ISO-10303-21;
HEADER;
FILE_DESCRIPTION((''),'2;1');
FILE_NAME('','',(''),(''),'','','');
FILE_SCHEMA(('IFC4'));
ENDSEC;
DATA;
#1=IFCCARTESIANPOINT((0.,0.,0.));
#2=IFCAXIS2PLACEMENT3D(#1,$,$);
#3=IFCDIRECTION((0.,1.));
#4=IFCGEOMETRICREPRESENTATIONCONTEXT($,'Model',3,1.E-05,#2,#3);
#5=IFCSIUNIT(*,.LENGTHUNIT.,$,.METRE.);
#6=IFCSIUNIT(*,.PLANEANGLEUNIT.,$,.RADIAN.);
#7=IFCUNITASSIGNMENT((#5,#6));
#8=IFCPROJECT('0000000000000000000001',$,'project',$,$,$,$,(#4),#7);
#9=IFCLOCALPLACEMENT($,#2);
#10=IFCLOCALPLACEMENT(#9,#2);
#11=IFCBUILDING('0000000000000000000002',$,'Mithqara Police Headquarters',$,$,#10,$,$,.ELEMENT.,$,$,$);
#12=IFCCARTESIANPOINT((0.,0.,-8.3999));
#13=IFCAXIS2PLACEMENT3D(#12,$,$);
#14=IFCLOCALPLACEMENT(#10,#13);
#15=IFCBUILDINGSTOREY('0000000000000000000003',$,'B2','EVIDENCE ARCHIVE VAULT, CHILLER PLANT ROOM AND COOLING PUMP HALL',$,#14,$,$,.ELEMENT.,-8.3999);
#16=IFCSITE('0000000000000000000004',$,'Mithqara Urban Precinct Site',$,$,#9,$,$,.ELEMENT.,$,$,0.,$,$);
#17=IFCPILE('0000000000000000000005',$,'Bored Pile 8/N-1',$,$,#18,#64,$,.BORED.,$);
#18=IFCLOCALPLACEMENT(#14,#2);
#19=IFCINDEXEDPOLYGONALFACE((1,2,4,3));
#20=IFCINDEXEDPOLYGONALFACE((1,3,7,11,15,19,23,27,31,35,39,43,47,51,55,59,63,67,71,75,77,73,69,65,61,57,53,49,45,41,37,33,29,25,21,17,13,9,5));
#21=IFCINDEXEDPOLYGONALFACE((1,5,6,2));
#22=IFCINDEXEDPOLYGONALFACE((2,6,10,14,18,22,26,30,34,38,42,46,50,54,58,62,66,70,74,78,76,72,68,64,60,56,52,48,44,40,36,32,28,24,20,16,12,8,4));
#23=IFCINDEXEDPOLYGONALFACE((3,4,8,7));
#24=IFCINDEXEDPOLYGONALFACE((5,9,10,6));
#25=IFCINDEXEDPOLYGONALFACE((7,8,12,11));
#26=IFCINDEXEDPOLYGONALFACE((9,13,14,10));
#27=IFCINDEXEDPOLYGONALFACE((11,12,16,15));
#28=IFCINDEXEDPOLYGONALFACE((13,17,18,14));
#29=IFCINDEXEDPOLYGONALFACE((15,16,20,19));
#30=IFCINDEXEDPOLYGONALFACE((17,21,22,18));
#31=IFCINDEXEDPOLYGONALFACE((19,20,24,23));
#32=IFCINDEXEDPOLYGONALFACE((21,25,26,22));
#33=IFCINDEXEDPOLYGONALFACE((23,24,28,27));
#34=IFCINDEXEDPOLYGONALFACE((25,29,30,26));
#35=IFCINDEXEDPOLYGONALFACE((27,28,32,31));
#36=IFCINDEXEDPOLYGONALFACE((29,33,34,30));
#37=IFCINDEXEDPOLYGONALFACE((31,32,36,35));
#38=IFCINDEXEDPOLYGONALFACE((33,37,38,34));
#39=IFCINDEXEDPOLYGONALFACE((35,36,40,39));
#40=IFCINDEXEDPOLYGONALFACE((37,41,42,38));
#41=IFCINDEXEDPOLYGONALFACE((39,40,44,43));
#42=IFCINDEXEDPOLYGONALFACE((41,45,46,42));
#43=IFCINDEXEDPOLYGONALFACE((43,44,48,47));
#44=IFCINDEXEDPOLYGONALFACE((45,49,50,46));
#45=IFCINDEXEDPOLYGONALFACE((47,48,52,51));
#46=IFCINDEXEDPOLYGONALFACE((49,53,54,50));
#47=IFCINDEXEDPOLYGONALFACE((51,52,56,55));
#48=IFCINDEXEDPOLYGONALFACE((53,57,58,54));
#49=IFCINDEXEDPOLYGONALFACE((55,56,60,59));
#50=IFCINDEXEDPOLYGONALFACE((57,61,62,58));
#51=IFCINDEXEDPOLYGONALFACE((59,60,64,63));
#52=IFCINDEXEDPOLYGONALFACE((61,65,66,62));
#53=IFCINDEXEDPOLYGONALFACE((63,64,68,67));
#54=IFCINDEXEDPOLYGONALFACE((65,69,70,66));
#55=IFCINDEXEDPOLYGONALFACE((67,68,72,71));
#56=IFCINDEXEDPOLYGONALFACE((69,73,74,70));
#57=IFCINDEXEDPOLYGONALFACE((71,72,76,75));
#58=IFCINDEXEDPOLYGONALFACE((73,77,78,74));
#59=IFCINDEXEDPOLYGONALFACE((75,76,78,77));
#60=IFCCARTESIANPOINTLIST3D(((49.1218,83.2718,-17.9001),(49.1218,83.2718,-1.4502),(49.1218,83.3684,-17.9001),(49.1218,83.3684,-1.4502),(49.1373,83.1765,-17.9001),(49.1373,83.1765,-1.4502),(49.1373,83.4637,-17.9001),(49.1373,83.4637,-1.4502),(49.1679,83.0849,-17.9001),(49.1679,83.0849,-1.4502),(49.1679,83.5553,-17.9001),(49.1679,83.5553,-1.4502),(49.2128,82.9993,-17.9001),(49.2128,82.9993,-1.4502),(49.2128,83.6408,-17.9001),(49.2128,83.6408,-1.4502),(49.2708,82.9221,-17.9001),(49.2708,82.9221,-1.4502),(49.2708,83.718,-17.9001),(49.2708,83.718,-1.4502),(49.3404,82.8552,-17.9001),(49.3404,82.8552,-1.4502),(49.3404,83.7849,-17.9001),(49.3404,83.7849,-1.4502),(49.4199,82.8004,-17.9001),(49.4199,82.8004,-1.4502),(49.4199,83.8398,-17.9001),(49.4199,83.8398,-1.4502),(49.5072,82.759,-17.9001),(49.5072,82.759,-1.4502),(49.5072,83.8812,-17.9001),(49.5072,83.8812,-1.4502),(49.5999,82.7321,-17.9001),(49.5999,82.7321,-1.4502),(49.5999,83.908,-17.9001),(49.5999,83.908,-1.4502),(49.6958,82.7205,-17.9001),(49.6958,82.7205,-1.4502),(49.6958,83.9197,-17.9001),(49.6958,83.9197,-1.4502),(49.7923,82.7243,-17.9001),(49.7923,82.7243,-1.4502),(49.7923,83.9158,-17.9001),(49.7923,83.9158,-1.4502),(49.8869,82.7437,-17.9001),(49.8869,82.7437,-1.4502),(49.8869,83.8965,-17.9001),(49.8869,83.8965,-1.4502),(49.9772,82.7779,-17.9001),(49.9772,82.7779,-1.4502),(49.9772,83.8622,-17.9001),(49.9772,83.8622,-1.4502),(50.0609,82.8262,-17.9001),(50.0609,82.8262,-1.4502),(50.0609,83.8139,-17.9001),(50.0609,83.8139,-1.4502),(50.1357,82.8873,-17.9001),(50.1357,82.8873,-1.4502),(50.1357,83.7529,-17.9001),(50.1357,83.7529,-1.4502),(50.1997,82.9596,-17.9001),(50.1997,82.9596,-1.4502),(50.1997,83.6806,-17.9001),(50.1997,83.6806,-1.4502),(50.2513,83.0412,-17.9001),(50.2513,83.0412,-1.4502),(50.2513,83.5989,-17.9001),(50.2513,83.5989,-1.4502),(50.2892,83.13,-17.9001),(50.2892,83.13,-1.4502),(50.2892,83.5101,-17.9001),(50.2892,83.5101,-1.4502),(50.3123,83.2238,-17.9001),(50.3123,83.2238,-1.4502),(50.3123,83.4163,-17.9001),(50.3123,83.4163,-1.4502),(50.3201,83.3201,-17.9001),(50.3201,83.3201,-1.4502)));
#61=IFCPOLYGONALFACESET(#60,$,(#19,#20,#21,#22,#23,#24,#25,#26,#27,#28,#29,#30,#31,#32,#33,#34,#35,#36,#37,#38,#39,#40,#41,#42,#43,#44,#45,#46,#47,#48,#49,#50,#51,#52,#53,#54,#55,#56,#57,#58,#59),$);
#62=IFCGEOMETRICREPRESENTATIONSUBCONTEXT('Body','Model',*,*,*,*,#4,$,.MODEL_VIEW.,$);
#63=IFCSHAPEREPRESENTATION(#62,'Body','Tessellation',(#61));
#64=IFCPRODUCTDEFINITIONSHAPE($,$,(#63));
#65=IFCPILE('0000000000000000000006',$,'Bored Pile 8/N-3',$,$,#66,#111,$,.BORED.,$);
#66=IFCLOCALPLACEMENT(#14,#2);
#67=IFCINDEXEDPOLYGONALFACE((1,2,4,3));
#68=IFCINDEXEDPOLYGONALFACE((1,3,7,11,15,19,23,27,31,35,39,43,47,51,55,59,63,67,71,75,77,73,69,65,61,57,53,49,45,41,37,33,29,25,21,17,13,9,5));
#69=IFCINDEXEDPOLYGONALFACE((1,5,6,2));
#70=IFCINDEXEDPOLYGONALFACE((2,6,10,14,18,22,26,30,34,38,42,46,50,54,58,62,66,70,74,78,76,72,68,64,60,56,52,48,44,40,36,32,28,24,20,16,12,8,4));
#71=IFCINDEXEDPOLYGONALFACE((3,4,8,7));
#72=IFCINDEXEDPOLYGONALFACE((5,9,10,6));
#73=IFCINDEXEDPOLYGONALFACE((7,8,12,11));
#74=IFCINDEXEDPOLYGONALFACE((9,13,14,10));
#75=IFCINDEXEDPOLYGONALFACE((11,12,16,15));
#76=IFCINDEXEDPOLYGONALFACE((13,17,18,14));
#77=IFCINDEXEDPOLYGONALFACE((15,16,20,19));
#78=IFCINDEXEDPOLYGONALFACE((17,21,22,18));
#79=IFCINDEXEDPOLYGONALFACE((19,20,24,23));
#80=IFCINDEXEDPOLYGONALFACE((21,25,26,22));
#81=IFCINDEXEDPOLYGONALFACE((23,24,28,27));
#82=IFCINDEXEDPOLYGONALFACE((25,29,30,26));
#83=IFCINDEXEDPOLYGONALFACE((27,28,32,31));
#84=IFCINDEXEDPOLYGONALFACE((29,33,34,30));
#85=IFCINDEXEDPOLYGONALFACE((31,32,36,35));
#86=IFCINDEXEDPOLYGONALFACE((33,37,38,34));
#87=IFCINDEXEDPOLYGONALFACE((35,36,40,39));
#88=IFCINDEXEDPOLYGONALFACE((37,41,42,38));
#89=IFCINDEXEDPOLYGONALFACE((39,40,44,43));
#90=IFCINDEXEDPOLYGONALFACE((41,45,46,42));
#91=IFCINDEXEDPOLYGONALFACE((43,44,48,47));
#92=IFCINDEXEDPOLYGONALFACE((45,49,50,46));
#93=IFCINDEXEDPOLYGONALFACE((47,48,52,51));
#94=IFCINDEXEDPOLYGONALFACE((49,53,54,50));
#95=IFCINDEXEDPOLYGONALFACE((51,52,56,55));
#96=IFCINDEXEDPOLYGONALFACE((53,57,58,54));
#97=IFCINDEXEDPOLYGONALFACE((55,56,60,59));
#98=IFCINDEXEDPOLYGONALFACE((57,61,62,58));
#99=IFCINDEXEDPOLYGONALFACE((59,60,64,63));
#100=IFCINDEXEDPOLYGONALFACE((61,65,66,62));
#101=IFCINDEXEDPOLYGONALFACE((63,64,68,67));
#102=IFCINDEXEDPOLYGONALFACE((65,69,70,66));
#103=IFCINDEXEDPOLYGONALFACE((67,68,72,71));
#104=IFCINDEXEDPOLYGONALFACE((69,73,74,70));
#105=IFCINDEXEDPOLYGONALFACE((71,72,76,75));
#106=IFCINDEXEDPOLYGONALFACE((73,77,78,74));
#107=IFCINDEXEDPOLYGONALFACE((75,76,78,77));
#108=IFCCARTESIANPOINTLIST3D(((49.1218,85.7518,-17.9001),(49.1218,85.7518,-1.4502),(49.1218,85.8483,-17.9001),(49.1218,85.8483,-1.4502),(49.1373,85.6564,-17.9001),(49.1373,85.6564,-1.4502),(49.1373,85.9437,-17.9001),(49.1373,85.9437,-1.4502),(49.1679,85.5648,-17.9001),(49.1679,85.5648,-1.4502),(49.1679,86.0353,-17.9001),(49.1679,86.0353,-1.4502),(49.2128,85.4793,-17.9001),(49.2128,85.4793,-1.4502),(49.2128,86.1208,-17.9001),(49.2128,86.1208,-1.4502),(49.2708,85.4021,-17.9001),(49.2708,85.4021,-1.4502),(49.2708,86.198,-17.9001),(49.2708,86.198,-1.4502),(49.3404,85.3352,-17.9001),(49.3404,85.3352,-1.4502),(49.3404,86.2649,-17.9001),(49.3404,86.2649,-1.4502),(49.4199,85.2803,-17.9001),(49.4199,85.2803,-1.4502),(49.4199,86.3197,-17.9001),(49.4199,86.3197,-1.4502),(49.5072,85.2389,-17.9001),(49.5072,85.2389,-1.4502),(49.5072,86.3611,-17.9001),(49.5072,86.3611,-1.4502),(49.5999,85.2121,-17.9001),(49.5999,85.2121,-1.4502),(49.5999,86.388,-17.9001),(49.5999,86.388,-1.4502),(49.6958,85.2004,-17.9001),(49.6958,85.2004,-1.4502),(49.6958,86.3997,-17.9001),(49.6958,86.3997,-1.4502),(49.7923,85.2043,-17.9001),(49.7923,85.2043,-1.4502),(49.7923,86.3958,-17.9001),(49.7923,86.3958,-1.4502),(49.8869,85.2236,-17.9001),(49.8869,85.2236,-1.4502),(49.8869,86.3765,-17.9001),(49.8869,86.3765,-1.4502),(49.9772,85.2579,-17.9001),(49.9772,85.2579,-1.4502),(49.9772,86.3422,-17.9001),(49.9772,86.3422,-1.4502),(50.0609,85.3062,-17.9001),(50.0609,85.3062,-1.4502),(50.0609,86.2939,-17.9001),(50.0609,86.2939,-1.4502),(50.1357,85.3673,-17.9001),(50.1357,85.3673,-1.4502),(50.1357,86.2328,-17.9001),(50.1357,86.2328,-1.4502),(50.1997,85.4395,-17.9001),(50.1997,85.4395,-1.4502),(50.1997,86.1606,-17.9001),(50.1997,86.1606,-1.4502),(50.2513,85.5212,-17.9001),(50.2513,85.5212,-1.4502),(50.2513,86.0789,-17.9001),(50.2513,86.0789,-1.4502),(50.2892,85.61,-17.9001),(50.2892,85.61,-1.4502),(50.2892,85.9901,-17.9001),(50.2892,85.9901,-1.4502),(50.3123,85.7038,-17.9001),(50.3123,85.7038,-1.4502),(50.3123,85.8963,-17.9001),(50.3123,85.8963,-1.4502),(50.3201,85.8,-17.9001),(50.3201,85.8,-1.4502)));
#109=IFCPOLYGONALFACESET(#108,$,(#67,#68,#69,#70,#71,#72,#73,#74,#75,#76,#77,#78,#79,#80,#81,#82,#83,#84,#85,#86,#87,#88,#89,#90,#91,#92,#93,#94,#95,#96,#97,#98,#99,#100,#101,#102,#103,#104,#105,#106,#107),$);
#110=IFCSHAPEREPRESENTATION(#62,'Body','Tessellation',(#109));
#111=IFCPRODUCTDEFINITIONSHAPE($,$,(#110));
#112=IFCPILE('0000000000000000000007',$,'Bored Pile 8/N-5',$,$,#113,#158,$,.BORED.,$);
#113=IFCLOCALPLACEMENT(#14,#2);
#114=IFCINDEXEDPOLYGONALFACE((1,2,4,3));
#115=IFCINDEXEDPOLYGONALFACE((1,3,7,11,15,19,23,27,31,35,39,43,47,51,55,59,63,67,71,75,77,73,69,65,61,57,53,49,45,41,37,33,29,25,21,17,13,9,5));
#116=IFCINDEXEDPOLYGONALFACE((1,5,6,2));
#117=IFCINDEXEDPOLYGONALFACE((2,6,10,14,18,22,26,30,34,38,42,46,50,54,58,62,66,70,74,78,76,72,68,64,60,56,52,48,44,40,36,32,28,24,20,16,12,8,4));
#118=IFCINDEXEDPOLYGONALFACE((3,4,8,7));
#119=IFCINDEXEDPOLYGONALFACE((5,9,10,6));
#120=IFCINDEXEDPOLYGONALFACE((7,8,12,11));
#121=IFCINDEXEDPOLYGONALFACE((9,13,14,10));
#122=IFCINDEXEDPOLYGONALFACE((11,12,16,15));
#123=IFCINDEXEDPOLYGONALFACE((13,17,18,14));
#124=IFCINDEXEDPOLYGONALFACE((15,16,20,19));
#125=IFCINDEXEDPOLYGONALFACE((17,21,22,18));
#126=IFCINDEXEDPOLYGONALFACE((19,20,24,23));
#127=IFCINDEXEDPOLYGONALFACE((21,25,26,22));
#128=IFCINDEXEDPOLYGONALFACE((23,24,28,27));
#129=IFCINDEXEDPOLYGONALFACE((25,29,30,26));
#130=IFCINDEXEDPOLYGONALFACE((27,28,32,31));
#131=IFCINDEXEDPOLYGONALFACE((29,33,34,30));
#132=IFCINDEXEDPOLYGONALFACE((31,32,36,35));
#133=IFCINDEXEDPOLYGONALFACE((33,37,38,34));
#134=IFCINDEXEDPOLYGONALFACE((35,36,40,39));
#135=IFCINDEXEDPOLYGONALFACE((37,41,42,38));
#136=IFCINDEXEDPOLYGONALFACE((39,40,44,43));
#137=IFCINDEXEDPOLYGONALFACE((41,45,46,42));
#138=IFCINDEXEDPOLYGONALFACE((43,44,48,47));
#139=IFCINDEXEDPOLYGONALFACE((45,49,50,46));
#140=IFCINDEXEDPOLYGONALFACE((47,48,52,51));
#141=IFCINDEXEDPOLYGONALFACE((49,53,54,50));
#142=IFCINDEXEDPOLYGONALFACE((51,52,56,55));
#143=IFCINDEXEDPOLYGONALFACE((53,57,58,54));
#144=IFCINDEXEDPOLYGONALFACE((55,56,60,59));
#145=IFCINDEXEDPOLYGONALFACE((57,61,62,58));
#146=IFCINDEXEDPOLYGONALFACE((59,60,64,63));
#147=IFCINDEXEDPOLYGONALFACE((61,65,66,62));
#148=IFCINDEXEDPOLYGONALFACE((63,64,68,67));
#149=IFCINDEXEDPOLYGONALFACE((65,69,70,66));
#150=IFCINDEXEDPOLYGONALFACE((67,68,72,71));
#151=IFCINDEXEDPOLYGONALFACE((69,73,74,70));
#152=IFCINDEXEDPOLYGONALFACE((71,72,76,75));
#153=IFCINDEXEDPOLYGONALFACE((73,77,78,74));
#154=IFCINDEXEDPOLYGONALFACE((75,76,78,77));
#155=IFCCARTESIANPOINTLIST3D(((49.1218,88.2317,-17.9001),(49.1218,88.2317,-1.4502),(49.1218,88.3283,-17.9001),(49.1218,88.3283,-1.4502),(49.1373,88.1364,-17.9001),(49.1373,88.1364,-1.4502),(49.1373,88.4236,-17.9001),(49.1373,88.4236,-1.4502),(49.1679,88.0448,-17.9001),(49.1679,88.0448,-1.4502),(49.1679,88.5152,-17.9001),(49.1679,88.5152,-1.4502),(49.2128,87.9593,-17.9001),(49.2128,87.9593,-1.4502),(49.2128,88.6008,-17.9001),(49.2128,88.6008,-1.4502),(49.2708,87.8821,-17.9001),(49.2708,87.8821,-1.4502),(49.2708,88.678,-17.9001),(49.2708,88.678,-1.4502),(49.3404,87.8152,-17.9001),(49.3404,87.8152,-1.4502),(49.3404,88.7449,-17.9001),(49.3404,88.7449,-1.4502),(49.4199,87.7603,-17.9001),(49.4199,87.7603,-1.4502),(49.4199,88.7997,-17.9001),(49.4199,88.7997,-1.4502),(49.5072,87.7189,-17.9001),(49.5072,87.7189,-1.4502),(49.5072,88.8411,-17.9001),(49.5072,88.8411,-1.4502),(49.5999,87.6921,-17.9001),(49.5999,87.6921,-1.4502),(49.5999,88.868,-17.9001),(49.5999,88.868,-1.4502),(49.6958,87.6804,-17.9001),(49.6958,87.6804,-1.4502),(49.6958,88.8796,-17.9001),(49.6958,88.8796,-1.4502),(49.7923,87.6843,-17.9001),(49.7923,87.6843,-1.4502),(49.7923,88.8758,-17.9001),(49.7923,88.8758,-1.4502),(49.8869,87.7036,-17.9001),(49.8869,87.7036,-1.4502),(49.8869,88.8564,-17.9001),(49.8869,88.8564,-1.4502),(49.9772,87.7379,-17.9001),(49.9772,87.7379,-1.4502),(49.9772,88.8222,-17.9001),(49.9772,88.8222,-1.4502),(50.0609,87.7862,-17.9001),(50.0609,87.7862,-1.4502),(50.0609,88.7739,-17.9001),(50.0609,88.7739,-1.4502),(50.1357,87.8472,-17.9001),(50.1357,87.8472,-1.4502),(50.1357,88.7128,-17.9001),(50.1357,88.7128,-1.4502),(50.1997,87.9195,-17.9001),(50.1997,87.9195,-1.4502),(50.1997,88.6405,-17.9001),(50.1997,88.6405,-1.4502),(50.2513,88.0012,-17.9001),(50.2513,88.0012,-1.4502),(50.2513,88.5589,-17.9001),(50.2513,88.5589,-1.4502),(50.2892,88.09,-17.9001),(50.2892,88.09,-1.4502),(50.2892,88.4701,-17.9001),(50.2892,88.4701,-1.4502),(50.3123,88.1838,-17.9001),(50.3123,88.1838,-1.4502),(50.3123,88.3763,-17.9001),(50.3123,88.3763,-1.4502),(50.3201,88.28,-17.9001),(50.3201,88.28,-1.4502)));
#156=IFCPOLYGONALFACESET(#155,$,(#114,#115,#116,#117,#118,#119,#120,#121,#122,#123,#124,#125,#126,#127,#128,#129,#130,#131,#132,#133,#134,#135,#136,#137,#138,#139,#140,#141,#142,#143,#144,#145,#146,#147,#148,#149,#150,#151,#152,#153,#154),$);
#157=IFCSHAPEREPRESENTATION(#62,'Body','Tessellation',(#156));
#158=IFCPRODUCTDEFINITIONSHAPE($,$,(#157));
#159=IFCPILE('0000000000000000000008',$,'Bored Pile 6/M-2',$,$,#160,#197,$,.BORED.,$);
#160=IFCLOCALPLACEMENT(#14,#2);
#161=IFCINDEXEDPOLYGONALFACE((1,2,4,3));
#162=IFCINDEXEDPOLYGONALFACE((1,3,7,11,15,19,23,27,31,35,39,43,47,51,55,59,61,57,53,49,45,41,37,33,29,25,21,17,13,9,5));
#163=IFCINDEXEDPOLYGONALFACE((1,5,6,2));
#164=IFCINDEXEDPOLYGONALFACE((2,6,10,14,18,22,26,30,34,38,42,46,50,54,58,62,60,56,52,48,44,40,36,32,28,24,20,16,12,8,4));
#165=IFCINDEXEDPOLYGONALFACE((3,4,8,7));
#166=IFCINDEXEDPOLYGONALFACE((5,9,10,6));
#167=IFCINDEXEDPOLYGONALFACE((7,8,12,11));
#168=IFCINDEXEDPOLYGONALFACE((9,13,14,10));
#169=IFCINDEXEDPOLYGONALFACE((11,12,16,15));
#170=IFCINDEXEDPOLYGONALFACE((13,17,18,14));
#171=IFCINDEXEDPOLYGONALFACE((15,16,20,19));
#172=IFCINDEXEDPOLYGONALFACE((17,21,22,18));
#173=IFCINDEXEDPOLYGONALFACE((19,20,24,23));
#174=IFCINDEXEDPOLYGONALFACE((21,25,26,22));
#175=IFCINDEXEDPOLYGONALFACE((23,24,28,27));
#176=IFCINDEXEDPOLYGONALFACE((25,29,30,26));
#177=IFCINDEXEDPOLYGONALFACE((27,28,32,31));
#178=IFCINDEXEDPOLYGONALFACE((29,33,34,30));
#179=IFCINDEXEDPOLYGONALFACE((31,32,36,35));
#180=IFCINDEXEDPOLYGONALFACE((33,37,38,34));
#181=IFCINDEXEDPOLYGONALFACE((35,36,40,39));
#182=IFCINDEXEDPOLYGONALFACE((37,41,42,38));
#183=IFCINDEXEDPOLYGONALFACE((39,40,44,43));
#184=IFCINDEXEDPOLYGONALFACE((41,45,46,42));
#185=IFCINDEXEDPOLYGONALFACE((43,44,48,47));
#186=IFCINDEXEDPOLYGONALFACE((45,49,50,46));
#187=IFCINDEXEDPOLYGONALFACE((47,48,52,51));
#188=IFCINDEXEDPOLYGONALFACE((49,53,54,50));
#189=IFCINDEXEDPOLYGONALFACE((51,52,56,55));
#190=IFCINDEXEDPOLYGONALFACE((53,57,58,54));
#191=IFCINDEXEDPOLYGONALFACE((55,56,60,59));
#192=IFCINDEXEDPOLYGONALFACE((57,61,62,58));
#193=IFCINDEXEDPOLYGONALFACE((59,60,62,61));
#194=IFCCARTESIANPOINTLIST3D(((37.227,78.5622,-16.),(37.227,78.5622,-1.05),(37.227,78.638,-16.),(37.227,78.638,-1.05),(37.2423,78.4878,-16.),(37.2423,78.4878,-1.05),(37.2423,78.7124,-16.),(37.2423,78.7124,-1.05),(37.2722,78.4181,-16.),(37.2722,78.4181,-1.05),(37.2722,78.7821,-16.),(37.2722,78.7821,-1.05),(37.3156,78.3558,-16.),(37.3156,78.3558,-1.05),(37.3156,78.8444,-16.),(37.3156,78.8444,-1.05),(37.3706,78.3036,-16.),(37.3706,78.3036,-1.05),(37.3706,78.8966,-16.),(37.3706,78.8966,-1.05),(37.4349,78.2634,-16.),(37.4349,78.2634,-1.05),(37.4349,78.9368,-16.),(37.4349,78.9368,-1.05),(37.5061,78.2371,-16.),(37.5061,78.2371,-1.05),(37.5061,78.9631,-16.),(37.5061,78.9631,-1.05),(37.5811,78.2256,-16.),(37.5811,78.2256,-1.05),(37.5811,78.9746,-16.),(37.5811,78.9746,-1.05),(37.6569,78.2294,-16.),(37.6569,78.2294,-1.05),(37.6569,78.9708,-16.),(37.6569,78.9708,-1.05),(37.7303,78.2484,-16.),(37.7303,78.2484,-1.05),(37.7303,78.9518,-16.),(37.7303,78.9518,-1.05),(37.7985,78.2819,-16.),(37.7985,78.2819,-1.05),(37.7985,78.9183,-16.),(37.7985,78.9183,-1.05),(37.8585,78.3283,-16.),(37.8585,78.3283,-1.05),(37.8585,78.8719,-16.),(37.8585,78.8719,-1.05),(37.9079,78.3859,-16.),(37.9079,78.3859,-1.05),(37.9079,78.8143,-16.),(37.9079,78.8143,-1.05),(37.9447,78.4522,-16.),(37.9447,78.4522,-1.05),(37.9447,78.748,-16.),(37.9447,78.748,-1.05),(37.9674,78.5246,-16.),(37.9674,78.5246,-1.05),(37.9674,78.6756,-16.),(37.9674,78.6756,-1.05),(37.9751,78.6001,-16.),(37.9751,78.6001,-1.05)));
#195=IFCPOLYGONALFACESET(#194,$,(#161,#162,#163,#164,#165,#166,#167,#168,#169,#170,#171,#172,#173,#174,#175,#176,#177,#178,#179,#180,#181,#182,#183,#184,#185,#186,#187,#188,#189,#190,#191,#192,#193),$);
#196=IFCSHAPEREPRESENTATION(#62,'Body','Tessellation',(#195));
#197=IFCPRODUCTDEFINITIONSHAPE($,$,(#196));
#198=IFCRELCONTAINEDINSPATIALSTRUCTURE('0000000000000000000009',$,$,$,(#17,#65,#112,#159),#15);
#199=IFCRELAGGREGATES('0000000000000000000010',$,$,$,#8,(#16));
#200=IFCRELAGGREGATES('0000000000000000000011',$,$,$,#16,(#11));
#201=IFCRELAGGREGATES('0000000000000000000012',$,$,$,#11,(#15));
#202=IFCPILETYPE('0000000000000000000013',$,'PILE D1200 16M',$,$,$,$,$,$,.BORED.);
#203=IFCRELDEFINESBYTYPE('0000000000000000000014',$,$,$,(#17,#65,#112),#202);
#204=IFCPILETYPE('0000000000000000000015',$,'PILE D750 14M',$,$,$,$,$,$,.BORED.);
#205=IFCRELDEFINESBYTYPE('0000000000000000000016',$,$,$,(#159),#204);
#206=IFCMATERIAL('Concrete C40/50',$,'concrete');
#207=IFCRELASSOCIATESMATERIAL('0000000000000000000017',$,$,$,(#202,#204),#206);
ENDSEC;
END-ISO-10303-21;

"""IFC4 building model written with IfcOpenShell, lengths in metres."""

from ifc_helpers import new_model, si_unit, direction, frame, origin, origin_2d, place, context, subcontext, project, spatial, circle, extrude, material, material_profile, profile_set, type_object, element, save


model = new_model("IFC4")

# Units and contexts
model_context = context("Model", 3, precision=1e-05, world=origin(), true_north=direction((0.0, 1.0)))
body_context = subcontext(model_context, "Body", "Model", "MODEL_VIEW")
ifc_project = project(units=[si_unit("LENGTHUNIT", "METRE"), si_unit("PLANEANGLEUNIT", "RADIAN")], contexts=[model_context])

# Site, building, storey
site_placement = place(None, origin())
site = spatial("IfcSite", under=ifc_project, at=site_placement, Name="Mithqara Urban Precinct Site", CompositionType="ELEMENT", RefElevation=0.0)
building_placement = place(site_placement, origin())
building = spatial("IfcBuilding", under=site, at=building_placement, Name="Mithqara Police Headquarters", CompositionType="ELEMENT")
storey_placement = place(building_placement, frame((0.0, 0.0, -8.3999)))
storey = spatial("IfcBuildingStorey", under=building, at=storey_placement, Name="B2", Description="EVIDENCE ARCHIVE VAULT, CHILLER PLANT ROOM AND COOLING PUMP HALL", CompositionType="ELEMENT", Elevation=-8.3999)

# Shared definitions
ifc_material_1 = material(Name="Concrete C40/50", Category="concrete")

# Piles
ifc_material_profile_1 = material_profile(ifc_material_1, circle(Radius=0.6001, at=origin_2d()), Name="PILE D1200")
ifc_profile_set_1 = profile_set([ifc_material_profile_1], Name="Concrete C40/50")
pile_type_1 = type_object("IfcPileType", Name="PILE D1200 16M", PredefinedType="BORED", material=ifc_profile_set_1)
for number, where, z_axis, x_axis, name in (
    (1, (49.72, 83.3201, -1.4502), (0.0, 0.0, -1.0), (1.0, 0.0, 0.0), "Bored Pile 8/N-1"),
    (2, (49.72, 85.8, -1.4502), (0.0, 0.0, -1.0), (1.0, 0.0, 0.0), "Bored Pile 8/N-3"),
    (3, (49.72, 88.28, -1.4502), (0.0, 0.0, -1.0), (1.0, 0.0, 0.0), "Bored Pile 8/N-5"),
):
    element("IfcPile", number, at=place(storey_placement, frame(where, z_axis=z_axis, x_axis=x_axis)), inside=storey, type_object=pile_type_1, Name=name, PredefinedType="BORED", context=body_context, shape_type="SweptSolid", body=[
        extrude(circle(Radius=0.6001, at=origin_2d()), origin(), (0.0, 0.0, 1.0), 16.45),
    ])
ifc_material_profile_2 = material_profile(ifc_material_1, circle(Radius=0.375, at=origin_2d()), Name="PILE D750")
ifc_profile_set_2 = profile_set([ifc_material_profile_2], Name="Concrete C40/50")
pile_type_2 = type_object("IfcPileType", Name="PILE D750 14M", PredefinedType="BORED", material=ifc_profile_set_2)
for number, where, z_axis, x_axis, name in (
    (4, (37.6001, 78.6001, -1.05), (0.0, 0.0, -1.0), (1.0, 0.0, 0.0), "Bored Pile 6/M-2"),
):
    element("IfcPile", number, at=place(storey_placement, frame(where, z_axis=z_axis, x_axis=x_axis)), inside=storey, type_object=pile_type_2, Name=name, PredefinedType="BORED", context=body_context, shape_type="SweptSolid", body=[
        extrude(circle(Radius=0.375, at=origin_2d()), origin(), (0.0, 0.0, 1.0), 14.95),
    ])

save(model, "model.ifc")
